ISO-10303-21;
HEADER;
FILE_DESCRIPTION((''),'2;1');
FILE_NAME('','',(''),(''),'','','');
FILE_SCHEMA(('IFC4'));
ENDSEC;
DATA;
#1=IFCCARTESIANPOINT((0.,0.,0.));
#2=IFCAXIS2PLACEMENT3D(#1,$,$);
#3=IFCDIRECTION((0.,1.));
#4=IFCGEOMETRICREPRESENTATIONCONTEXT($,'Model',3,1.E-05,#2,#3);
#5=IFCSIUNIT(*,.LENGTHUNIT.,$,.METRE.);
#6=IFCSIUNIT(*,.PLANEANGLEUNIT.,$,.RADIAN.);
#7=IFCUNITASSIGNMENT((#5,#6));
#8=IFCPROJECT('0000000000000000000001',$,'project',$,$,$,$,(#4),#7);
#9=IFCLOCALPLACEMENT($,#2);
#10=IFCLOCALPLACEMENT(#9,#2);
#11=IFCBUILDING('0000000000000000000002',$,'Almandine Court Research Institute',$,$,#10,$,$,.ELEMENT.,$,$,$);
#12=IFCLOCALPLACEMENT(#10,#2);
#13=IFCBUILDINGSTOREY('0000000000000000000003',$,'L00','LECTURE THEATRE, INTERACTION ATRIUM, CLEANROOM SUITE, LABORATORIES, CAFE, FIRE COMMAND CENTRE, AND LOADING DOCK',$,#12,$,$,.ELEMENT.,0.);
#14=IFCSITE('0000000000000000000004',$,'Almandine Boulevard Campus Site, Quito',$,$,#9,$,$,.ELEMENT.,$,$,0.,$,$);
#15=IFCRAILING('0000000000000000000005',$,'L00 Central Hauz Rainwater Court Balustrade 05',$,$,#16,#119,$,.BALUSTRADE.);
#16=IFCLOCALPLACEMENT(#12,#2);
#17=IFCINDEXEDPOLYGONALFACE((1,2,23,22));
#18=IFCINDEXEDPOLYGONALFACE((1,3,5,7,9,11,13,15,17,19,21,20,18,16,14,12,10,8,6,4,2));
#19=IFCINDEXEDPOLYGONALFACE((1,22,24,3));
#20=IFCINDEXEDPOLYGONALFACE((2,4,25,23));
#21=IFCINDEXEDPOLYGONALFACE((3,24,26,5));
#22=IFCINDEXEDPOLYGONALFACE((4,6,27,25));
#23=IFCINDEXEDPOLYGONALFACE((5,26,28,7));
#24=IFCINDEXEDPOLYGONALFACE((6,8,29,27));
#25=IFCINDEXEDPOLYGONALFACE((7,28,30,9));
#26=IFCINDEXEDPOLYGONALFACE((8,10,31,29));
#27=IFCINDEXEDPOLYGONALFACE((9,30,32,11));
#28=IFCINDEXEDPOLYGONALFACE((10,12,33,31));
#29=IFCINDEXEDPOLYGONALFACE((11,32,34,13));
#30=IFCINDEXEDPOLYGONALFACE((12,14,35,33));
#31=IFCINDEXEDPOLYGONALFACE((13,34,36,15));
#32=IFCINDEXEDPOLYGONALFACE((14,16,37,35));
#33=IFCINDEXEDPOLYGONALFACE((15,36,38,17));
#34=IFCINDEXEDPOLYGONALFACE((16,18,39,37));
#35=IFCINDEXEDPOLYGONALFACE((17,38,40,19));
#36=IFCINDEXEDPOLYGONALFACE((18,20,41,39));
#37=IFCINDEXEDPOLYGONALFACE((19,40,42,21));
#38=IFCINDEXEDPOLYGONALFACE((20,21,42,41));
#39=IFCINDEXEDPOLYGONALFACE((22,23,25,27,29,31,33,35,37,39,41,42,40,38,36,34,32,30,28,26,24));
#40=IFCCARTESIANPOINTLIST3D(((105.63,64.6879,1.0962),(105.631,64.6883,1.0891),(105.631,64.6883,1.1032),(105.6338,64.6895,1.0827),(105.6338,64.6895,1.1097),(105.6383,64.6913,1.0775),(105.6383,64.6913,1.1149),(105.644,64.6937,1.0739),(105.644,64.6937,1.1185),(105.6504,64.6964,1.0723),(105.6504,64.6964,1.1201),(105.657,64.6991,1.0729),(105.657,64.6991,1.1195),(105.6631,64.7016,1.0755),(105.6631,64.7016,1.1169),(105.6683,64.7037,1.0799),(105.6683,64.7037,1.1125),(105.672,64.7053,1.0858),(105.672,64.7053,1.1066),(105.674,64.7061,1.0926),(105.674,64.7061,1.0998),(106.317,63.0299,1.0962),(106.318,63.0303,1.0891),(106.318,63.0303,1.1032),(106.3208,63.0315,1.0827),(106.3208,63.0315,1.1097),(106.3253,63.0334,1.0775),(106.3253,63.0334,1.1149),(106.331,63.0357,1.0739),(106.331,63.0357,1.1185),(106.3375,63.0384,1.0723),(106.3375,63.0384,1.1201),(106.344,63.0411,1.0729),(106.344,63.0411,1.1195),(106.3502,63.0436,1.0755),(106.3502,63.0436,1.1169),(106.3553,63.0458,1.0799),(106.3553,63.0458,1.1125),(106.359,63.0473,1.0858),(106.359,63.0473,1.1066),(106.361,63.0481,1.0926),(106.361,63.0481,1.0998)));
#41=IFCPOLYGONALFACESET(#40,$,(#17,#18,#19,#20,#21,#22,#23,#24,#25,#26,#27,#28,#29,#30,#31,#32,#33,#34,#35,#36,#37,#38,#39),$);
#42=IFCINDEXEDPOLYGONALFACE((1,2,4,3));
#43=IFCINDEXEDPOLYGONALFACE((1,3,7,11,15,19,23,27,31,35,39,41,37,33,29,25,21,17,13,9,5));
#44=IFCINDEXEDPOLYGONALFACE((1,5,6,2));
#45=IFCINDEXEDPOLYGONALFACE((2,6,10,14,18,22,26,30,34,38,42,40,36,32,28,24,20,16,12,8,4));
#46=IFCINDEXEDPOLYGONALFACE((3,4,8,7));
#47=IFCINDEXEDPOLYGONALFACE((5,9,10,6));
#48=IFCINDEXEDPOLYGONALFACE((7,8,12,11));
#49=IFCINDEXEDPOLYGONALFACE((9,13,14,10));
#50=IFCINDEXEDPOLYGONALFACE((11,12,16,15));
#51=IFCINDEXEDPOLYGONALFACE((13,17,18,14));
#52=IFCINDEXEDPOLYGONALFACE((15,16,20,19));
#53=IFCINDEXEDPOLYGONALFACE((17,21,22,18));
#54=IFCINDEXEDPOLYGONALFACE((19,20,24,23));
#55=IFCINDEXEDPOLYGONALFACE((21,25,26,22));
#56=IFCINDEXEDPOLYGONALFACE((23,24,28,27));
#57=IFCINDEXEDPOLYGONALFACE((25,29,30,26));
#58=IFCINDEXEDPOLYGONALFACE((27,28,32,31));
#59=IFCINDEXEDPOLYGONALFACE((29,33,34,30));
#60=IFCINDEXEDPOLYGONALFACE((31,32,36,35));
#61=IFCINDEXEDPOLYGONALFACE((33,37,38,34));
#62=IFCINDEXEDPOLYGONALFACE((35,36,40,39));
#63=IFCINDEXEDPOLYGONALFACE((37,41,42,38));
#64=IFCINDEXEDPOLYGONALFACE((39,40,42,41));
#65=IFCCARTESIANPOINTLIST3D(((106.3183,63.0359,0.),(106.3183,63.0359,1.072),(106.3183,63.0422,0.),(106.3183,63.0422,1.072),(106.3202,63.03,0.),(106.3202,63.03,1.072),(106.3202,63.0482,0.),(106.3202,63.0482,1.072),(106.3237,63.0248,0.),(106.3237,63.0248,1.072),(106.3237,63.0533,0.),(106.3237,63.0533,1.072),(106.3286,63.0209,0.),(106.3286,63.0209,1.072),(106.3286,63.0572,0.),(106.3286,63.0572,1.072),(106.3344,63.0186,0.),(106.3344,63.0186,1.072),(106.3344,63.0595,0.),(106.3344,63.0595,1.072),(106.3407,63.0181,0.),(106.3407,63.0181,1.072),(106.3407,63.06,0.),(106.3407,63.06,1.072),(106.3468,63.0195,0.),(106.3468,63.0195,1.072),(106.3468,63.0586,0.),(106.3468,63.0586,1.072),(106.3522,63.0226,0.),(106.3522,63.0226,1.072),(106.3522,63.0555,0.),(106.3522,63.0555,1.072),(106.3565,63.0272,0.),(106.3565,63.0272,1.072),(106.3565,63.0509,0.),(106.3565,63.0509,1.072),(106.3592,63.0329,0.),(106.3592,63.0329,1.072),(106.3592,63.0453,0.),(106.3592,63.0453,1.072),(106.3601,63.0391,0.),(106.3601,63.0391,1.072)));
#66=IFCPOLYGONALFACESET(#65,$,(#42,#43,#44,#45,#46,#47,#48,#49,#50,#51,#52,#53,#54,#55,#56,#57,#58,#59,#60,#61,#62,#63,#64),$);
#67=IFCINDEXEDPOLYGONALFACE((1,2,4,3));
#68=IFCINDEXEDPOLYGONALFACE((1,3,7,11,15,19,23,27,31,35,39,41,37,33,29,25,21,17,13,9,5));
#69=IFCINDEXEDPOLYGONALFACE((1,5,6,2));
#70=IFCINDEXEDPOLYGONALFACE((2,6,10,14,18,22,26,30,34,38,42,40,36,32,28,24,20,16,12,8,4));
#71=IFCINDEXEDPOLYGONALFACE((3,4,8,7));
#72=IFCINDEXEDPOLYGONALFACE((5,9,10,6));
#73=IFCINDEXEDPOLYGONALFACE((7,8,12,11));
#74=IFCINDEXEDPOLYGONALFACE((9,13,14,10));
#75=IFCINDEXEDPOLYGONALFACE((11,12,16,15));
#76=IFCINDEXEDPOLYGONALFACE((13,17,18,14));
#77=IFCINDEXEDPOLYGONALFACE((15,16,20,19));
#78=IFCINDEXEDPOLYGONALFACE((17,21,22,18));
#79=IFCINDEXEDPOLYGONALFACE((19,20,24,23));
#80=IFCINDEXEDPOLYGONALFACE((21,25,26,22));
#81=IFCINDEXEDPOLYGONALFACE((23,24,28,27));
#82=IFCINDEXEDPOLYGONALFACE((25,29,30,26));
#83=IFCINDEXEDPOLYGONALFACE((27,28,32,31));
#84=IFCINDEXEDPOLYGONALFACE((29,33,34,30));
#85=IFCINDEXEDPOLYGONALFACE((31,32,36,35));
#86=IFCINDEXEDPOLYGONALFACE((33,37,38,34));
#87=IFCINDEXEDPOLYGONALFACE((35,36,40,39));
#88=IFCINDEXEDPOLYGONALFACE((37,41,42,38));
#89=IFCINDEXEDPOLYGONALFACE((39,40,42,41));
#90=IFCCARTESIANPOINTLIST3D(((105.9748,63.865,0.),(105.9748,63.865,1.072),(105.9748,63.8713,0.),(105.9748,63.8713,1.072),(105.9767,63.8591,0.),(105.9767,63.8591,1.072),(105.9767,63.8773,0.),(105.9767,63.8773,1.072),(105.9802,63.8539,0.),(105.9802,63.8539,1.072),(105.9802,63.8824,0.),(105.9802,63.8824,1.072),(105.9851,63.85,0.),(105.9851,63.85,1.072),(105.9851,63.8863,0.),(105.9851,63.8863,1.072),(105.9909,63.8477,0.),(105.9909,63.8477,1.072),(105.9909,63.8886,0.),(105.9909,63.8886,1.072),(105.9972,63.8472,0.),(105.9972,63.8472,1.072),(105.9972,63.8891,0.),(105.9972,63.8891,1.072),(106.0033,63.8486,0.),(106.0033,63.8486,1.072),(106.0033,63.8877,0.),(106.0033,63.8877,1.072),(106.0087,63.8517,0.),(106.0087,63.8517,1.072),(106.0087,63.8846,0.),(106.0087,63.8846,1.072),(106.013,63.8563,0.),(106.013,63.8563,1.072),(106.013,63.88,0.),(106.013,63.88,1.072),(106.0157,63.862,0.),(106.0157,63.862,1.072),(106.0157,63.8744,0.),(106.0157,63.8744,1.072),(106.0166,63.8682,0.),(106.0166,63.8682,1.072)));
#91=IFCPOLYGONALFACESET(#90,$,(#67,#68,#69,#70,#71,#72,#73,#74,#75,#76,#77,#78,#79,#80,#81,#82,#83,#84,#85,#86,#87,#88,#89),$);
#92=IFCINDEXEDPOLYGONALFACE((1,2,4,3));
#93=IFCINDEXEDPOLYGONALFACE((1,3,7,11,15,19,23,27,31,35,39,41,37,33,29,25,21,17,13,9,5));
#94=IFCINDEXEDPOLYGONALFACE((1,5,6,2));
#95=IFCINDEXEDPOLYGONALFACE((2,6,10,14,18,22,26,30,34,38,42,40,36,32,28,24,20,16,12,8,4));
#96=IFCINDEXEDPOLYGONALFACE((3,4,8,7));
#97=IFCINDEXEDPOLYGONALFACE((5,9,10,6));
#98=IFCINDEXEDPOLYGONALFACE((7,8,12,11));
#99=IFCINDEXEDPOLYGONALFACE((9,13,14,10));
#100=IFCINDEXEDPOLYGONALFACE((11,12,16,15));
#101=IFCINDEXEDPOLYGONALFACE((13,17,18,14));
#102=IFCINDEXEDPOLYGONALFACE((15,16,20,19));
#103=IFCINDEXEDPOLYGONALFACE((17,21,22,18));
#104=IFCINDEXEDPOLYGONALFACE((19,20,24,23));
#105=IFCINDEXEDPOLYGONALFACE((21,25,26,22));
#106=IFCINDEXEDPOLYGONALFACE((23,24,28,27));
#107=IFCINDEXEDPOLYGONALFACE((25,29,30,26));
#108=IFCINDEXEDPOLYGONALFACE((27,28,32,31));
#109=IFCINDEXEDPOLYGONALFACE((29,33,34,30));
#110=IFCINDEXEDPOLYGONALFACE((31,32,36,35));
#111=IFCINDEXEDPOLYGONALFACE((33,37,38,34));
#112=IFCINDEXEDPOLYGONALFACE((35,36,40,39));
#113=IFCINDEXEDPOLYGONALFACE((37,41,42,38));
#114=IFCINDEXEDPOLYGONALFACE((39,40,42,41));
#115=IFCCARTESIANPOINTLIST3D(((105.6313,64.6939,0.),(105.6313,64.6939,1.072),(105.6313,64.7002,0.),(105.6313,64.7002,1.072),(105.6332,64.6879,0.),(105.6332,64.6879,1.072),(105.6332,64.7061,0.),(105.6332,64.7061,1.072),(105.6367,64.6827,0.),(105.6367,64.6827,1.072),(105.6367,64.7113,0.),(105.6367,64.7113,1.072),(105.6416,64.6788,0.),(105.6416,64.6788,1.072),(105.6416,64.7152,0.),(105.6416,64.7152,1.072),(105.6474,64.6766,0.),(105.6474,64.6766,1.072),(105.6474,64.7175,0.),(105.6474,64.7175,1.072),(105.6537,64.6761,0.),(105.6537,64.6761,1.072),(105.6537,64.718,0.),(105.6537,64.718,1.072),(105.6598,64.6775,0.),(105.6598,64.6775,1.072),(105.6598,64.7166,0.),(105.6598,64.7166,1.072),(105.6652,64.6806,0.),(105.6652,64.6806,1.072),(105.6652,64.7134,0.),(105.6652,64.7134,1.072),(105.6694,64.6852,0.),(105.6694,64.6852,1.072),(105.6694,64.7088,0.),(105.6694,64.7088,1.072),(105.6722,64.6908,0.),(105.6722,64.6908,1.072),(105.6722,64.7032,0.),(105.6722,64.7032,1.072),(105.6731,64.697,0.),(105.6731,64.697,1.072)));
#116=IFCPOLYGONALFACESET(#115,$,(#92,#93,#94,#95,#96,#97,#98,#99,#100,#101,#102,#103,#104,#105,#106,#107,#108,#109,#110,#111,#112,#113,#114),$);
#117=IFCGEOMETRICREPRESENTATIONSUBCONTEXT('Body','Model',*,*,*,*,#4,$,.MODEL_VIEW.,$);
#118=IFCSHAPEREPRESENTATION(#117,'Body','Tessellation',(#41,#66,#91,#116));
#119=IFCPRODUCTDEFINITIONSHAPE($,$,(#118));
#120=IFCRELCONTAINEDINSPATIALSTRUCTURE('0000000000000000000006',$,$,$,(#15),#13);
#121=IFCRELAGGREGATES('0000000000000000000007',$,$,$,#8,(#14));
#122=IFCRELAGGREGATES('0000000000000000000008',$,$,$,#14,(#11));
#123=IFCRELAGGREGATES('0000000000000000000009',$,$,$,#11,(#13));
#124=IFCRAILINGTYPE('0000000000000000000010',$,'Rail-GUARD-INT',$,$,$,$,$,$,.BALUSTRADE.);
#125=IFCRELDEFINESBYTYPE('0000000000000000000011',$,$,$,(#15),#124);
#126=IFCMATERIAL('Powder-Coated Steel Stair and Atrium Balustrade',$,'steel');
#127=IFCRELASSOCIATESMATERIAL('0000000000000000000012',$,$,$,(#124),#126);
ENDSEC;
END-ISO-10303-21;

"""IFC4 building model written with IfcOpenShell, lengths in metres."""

from ifc_helpers import new_model, si_unit, direction, frame, origin, origin_2d, place, context, subcontext, project, spatial, circle, extrude, material, type_object, element, save


model = new_model("IFC4")

# Units and contexts
model_context = context("Model", 3, precision=1e-05, world=origin(), true_north=direction((0.0, 1.0)))
body_context = subcontext(model_context, "Body", "Model", "MODEL_VIEW")
ifc_project = project(units=[si_unit("LENGTHUNIT", "METRE"), si_unit("PLANEANGLEUNIT", "RADIAN")], contexts=[model_context])

# Site, building, storey
site_placement = place(None, origin())
site = spatial("IfcSite", under=ifc_project, at=site_placement, Name="Almandine Boulevard Campus Site, Quito", CompositionType="ELEMENT", RefElevation=0.0)
building_placement = place(site_placement, origin())
building = spatial("IfcBuilding", under=site, at=building_placement, Name="Almandine Court Research Institute", CompositionType="ELEMENT")
storey_placement = place(building_placement, origin())
storey = spatial("IfcBuildingStorey", under=building, at=storey_placement, Name="L00", Description="LECTURE THEATRE, INTERACTION ATRIUM, CLEANROOM SUITE, LABORATORIES, CAFE, FIRE COMMAND CENTRE, AND LOADING DOCK", CompositionType="ELEMENT", Elevation=0.0)

# Railing
ifc_material_1 = material(Name="Powder-Coated Steel Stair and Atrium Balustrade", Category="steel")
railing_type = type_object("IfcRailingType", Name="Rail-GUARD-INT", PredefinedType="BALUSTRADE", material=ifc_material_1)
railing_1_placement = place(storey_placement, frame((106.3391, 63.0391, 0.0)))
element("IfcRailing", 1, at=railing_1_placement, inside=storey, type_object=railing_type, Name="L00 Central Hauz Rainwater Court Balustrade 05", PredefinedType="BALUSTRADE", context=body_context, shape_type="SweptSolid", body=[
    extrude(circle(Radius=0.0239, at=origin_2d()), frame((0.0, 0.0, 1.0962), z_axis=(-0.382808, 0.923828, 0.0), x_axis=(-0.923828, -0.382808, 0.0)), (0.0, 0.0, 1.0), 1.7947),
    extrude(circle(Radius=0.021, at=origin_2d()), origin(), (0.0, 0.0, 1.0), 1.072),
    extrude(circle(Radius=0.021, at=origin_2d()), frame((-0.3435, 0.8291, 0.0)), (0.0, 0.0, 1.0), 1.072),
    extrude(circle(Radius=0.021, at=origin_2d()), frame((-0.687, 1.658, 0.0)), (0.0, 0.0, 1.0), 1.072),
])

save(model, "model.ifc")
